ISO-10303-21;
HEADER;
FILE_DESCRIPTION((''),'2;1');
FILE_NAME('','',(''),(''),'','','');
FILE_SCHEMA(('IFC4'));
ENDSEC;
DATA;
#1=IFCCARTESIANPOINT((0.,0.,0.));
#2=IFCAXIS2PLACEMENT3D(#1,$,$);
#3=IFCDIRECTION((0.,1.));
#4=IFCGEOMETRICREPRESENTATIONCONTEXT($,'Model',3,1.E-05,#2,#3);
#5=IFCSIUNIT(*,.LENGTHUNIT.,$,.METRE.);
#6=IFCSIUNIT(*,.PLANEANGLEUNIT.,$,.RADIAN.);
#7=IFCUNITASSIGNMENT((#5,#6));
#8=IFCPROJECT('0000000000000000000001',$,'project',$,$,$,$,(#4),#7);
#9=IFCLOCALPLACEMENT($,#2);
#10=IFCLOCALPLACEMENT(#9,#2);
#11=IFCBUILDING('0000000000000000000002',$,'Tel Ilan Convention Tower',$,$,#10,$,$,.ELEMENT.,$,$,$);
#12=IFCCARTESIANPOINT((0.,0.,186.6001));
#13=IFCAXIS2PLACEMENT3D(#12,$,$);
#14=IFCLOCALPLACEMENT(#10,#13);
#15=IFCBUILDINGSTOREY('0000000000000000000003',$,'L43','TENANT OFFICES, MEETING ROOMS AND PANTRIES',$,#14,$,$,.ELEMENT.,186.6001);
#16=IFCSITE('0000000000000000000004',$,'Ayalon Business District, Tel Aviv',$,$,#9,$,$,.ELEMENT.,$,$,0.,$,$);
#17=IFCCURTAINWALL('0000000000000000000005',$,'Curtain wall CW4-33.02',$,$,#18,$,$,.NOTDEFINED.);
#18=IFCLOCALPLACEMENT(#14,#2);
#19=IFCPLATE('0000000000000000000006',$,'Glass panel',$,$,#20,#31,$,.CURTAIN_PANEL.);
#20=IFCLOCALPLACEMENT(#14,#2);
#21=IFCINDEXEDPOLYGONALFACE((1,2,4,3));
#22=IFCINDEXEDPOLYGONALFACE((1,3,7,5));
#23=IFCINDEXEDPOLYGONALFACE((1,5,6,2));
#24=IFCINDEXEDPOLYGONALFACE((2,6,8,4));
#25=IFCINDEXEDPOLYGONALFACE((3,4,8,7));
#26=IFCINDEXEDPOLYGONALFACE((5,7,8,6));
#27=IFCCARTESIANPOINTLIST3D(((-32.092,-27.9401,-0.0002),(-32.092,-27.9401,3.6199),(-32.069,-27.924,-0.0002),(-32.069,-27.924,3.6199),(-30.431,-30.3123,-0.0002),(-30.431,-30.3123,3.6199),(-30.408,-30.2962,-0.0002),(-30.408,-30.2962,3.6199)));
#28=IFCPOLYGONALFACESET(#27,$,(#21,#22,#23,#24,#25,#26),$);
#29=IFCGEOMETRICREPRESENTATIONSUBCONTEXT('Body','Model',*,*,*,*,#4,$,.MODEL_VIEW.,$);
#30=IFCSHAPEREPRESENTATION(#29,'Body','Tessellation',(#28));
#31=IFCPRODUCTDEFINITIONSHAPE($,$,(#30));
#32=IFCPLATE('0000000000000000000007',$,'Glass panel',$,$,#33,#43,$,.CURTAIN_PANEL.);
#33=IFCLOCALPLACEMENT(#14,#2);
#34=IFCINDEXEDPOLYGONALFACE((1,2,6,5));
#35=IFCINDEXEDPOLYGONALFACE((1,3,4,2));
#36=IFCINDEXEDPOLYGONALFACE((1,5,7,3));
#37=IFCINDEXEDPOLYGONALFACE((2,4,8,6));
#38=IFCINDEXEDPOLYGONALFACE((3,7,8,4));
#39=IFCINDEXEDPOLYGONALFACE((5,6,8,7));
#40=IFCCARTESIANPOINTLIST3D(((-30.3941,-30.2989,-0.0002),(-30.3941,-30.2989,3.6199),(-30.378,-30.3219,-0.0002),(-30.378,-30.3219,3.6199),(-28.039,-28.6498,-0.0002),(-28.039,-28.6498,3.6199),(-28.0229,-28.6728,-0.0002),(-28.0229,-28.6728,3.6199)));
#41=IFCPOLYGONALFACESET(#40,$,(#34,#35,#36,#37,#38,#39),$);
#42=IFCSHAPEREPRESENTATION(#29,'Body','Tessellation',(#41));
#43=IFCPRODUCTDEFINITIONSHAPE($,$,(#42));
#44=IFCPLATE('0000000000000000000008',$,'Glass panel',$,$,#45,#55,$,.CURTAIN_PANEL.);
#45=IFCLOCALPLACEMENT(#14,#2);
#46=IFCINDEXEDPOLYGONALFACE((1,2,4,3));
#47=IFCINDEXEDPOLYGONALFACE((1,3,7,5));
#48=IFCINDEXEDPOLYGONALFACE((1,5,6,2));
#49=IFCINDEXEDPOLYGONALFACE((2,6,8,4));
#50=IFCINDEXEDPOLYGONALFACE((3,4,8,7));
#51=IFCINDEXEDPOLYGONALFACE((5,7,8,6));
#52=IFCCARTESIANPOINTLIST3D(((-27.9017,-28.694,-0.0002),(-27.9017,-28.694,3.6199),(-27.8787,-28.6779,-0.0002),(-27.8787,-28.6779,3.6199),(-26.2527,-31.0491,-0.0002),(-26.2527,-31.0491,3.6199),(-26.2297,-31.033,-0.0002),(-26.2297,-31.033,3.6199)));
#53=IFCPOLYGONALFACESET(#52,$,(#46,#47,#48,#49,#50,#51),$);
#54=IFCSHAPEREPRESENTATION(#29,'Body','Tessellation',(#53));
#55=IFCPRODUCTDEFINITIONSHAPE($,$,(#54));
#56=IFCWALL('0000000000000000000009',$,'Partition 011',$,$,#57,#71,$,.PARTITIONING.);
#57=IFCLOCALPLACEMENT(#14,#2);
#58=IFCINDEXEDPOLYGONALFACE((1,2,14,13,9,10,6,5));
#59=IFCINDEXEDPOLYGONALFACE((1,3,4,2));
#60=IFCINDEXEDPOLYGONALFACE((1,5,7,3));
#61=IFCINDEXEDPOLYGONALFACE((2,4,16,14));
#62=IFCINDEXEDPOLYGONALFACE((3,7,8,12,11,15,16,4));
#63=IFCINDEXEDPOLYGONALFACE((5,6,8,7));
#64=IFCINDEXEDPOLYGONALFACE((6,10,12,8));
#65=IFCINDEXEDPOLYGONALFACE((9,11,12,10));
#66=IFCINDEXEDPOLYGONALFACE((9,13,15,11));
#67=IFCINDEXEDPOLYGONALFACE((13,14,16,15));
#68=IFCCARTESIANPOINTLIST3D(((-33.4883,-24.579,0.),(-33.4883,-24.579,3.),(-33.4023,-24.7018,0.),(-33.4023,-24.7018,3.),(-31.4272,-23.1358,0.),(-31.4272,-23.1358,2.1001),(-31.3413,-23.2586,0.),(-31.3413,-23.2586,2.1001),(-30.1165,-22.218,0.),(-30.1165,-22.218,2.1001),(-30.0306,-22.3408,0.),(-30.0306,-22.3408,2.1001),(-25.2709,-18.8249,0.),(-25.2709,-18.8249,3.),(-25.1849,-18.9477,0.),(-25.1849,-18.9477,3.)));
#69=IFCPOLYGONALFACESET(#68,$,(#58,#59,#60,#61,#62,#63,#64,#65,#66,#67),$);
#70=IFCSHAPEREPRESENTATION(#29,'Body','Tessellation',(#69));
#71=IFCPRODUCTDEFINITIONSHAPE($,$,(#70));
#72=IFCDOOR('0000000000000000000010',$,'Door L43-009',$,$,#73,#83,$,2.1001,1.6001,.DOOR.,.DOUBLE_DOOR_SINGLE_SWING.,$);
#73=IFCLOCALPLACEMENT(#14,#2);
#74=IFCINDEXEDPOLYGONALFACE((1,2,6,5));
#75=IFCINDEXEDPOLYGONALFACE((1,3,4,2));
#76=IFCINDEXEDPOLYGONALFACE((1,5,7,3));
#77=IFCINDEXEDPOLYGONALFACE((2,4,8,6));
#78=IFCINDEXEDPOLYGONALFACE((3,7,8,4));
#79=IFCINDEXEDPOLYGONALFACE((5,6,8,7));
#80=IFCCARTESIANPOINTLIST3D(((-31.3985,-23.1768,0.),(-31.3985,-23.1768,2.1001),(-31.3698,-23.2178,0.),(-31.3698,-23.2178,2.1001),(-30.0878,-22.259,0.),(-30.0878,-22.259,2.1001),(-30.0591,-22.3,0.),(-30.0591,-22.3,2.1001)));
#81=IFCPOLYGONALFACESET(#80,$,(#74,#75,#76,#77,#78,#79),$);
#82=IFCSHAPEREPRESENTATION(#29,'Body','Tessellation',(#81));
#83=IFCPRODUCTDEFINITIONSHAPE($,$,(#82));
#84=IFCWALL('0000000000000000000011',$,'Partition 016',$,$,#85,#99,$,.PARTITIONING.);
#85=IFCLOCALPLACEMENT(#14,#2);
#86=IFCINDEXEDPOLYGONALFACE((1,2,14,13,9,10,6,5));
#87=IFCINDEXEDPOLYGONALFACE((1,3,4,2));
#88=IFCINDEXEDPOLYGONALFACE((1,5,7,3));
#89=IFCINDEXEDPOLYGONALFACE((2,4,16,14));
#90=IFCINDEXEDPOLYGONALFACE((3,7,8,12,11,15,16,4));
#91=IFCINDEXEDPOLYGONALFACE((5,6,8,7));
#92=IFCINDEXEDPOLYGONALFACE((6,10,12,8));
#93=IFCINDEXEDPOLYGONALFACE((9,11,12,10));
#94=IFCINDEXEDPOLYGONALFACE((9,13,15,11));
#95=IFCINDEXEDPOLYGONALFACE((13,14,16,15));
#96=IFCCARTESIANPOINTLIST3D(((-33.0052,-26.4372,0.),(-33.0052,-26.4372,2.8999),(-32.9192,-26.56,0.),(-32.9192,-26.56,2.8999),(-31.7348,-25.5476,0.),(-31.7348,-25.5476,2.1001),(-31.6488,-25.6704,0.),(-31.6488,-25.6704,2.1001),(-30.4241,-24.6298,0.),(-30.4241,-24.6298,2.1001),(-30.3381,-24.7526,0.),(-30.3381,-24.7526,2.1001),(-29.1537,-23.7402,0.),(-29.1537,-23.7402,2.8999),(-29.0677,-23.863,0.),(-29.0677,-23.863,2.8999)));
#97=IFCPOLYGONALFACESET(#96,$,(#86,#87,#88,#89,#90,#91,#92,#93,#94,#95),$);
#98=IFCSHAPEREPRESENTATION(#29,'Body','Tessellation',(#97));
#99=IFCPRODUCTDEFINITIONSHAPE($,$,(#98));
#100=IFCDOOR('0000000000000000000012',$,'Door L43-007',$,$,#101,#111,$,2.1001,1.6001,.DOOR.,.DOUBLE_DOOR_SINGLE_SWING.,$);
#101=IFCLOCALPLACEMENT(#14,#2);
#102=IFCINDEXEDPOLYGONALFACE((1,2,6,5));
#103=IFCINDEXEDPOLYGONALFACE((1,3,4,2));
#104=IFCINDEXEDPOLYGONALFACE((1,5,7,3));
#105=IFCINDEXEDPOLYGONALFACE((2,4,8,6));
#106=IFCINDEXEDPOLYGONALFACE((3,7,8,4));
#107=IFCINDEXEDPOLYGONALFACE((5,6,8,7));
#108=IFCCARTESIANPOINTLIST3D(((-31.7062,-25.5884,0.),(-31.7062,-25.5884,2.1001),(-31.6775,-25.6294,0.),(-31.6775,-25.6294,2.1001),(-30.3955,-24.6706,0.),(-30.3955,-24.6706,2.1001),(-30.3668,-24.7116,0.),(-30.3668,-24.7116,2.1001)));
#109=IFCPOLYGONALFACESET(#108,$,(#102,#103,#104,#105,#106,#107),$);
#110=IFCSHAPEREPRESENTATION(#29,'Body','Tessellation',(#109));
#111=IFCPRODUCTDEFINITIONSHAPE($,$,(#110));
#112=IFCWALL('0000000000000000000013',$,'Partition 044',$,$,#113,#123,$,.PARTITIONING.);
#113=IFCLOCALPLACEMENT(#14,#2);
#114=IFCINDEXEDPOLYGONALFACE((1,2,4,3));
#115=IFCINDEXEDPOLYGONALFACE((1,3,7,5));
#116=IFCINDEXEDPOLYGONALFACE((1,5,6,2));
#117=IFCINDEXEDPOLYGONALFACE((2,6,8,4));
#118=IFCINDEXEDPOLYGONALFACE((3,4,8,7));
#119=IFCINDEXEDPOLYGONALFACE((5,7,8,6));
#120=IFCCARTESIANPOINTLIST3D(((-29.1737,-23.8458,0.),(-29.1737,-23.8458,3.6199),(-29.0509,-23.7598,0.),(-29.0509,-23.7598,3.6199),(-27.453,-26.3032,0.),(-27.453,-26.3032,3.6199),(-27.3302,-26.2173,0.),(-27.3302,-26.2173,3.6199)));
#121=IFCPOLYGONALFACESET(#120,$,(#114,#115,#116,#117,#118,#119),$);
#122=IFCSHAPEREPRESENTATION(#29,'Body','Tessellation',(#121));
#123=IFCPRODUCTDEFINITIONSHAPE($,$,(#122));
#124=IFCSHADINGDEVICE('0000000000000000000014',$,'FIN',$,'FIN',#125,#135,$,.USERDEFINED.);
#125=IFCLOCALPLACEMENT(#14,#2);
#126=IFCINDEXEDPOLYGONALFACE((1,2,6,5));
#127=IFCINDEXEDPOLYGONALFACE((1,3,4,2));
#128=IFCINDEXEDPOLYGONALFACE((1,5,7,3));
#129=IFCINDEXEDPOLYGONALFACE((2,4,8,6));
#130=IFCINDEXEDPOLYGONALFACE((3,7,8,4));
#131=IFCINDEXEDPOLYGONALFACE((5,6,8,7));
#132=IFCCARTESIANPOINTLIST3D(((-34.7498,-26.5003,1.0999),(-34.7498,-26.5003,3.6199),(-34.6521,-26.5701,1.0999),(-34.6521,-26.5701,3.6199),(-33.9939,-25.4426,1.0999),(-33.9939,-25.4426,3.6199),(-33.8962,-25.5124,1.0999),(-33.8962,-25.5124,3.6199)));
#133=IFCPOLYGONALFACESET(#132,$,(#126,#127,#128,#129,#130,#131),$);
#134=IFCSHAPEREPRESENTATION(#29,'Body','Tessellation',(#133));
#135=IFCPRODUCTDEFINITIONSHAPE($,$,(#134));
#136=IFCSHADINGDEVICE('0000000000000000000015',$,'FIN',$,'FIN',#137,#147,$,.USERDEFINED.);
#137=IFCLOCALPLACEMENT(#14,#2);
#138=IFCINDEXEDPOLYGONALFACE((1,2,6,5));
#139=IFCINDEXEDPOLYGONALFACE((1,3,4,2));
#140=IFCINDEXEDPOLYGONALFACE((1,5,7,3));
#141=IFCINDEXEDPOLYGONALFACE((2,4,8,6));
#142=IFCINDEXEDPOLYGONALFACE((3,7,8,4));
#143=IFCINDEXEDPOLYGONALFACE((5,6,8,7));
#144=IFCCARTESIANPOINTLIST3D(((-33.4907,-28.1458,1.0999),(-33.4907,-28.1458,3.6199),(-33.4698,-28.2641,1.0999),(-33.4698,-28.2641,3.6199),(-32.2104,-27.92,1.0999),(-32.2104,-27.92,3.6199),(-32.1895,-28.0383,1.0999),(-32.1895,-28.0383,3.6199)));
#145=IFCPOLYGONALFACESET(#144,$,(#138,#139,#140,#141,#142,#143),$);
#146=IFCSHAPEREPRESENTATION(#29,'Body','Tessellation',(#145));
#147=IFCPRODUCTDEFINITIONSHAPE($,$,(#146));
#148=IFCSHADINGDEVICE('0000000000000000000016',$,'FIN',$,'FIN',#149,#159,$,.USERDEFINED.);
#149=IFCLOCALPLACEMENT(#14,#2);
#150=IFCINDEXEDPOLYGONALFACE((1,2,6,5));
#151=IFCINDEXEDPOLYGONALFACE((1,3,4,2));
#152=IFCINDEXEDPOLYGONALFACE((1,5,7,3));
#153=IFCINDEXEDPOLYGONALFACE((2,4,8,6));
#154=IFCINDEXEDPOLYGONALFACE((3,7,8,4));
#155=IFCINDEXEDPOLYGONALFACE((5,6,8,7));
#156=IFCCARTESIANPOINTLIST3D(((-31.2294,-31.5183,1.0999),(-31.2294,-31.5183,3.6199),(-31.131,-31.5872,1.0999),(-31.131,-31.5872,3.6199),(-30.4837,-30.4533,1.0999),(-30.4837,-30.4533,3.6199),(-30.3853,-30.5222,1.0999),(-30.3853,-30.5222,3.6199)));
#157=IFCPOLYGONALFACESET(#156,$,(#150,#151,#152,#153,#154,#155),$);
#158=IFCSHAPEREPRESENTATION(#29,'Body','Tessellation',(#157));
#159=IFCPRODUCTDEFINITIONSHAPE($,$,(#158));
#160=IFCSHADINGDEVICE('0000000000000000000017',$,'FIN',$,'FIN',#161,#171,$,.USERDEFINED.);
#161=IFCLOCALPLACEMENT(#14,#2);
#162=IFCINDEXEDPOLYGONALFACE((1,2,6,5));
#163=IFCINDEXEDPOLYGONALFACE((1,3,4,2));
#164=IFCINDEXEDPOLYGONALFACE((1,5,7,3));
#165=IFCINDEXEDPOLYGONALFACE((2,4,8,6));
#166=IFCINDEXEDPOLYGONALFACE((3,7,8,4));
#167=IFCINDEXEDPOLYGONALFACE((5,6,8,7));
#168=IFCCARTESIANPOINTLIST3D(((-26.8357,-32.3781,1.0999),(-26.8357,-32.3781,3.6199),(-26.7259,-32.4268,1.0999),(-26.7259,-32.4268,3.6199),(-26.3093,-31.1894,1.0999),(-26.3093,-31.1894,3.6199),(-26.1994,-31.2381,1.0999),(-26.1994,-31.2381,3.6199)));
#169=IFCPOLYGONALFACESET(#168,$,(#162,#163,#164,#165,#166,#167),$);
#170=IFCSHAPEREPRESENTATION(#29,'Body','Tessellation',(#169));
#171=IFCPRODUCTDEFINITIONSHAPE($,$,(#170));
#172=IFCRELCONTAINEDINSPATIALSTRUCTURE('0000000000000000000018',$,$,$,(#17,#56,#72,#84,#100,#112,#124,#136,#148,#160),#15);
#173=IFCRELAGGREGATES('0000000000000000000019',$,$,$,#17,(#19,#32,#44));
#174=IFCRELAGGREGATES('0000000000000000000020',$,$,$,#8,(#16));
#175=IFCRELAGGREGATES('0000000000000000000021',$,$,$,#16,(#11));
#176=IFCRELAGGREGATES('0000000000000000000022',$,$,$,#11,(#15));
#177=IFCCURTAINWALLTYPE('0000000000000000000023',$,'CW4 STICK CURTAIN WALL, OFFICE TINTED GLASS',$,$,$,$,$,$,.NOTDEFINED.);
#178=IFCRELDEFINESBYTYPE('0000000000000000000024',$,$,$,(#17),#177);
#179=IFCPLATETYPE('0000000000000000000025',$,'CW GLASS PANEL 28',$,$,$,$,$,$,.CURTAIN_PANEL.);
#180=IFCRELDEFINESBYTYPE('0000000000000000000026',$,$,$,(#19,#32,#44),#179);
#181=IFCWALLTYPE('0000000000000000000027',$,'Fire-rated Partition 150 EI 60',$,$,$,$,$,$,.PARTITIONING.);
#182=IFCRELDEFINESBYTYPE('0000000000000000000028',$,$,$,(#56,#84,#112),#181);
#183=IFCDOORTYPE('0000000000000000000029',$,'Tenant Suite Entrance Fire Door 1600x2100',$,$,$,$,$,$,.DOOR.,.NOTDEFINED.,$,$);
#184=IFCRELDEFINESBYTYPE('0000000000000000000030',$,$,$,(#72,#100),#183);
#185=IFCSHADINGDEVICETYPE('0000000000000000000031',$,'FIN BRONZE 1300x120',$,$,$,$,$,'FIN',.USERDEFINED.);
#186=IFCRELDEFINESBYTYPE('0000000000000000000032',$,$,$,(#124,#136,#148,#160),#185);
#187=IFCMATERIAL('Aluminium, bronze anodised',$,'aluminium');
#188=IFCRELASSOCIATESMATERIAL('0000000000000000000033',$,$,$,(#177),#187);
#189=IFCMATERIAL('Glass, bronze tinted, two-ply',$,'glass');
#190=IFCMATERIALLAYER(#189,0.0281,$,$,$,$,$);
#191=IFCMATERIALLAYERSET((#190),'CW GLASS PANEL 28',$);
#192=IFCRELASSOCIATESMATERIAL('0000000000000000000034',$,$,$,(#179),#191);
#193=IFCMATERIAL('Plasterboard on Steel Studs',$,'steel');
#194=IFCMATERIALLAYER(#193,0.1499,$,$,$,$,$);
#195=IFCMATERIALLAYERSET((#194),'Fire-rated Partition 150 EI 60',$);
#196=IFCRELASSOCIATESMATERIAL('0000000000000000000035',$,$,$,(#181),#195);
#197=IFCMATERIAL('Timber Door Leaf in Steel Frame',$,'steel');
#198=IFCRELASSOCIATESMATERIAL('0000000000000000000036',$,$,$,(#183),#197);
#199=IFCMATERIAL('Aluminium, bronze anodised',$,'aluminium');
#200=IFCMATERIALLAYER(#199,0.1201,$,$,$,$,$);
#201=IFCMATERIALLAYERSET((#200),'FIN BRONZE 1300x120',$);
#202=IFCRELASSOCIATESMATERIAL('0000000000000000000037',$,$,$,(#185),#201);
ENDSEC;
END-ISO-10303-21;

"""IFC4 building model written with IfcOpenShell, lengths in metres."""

from ifc_helpers import new_model, si_unit, direction, frame, frame_2d, origin, origin_2d, place, context, subcontext, project, spatial, rectangle, extrude, material, layer, layer_set, type_object, element, fill, aggregate, save


model = new_model("IFC4")

# Units and contexts
model_context = context("Model", 3, precision=1e-05, world=origin(), true_north=direction((0.0, 1.0)))
body_context = subcontext(model_context, "Body", "Model", "MODEL_VIEW")
ifc_project = project(units=[si_unit("LENGTHUNIT", "METRE"), si_unit("PLANEANGLEUNIT", "RADIAN")], contexts=[model_context])

# Site, building, storey
site_placement = place(None, origin())
site = spatial("IfcSite", under=ifc_project, at=site_placement, Name="Ayalon Business District, Tel Aviv", CompositionType="ELEMENT", RefElevation=0.0)
building_placement = place(site_placement, origin())
building = spatial("IfcBuilding", under=site, at=building_placement, Name="Tel Ilan Convention Tower", CompositionType="ELEMENT")
storey_placement = place(building_placement, frame((0.0, 0.0, 186.6001)))
storey = spatial("IfcBuildingStorey", under=building, at=storey_placement, Name="L43", Description="TENANT OFFICES, MEETING ROOMS AND PANTRIES", CompositionType="ELEMENT", Elevation=186.6001)

# Curtain wall, plates
ifc_material_1 = material(Name="Aluminium, bronze anodised", Category="aluminium")
curtain_wall_type = type_object("IfcCurtainWallType", Name="CW4 STICK CURTAIN WALL, OFFICE TINTED GLASS", PredefinedType="NOTDEFINED", material=ifc_material_1)
curtain_wall_placement = place(storey_placement, origin())
curtain_wall = element("IfcCurtainWall", 1, at=curtain_wall_placement, inside=storey, type_object=curtain_wall_type, Name="Curtain wall CW4-33.02", PredefinedType="NOTDEFINED")
ifc_material_2 = material(Name="Glass, bronze tinted, two-ply", Category="glass")
ifc_layer_1 = layer(ifc_material_2, 0.0281)
ifc_layer_set_1 = layer_set([ifc_layer_1], Name="CW GLASS PANEL 28")
plate_type = type_object("IfcPlateType", Name="CW GLASS PANEL 28", PredefinedType="CURTAIN_PANEL", material=ifc_layer_set_1)
plate_1_placement = place(storey_placement, frame((-31.25, -29.1182, -0.0002), z_axis=(0.0, 0.0, 1.0), x_axis=(0.573576, -0.819152, 0.0)))
plate_1 = element("IfcPlate", 2, at=plate_1_placement, type_object=plate_type, Name="Glass panel", PredefinedType="CURTAIN_PANEL", context=body_context, shape_type="SweptSolid", body=[
    extrude(rectangle(XDim=2.896, YDim=0.0281, at=origin_2d()), origin(), (0.0, 0.0, 1.0), 3.6201),
])
plate_2_placement = place(storey_placement, frame((-29.2085, -29.4858, -0.0002), z_axis=(0.0, 0.0, 1.0), x_axis=(0.819152, 0.573576, 0.0)))
plate_2 = element("IfcPlate", 3, at=plate_2_placement, type_object=plate_type, Name="Glass panel", PredefinedType="CURTAIN_PANEL", context=body_context, shape_type="SweptSolid", body=[
    extrude(rectangle(XDim=2.875, YDim=0.0281, at=origin_2d()), origin(), (0.0, 0.0, 1.0), 3.6201),
])
plate_3_placement = place(storey_placement, frame((-27.0657, -29.8635, -0.0002), z_axis=(0.0, 0.0, 1.0), x_axis=(0.573576, -0.819152, 0.0)))
plate_3 = element("IfcPlate", 4, at=plate_3_placement, type_object=plate_type, Name="Glass panel", PredefinedType="CURTAIN_PANEL", context=body_context, shape_type="SweptSolid", body=[
    extrude(rectangle(XDim=2.875, YDim=0.0281, at=origin_2d()), origin(), (0.0, 0.0, 1.0), 3.6201),
])
aggregate(curtain_wall, [plate_1, plate_2, plate_3])

# Walls, openings, doors
ifc_material_3 = material(Name="Plasterboard on Steel Studs", Category="steel")
ifc_layer_2 = layer(ifc_material_3, 0.1499)
ifc_layer_set_2 = layer_set([ifc_layer_2], Name="Fire-rated Partition 150 EI 60")
wall_type = type_object("IfcWallType", Name="Fire-rated Partition 150 EI 60", PredefinedType="PARTITIONING", material=ifc_layer_set_2)
wall_1_placement = place(storey_placement, frame((-33.4453, -24.6404, 0.0), z_axis=(0.0, 0.0, 1.0), x_axis=(0.819144, 0.573588, 0.0)))
wall_1 = element("IfcWall", 5, at=wall_1_placement, inside=storey, type_object=wall_type, Name="Partition 011", PredefinedType="PARTITIONING", context=body_context, shape_type="SweptSolid", body=[
    extrude(rectangle(XDim=10.0317, YDim=0.1499, at=frame_2d((5.0159, 0.0))), origin(), (0.0, 0.0, 1.0), 3.0),
])
opening_1_placement = place(wall_1_placement, frame((2.5161, 0.0, 0.0)))
opening_1 = element("IfcOpeningElement", 6, at=opening_1_placement, cuts=wall_1, PredefinedType="OPENING", context=body_context, shape_type="SweptSolid", body=[
    extrude(rectangle(XDim=1.6001, YDim=2.1001, at=frame_2d((0.8, 1.05))), frame((0.0, 0.085, 0.0), z_axis=(0.0, -1.0, 0.0), x_axis=(1.0, 0.0, 0.0)), (0.0, 0.0, 1.0), 0.1699),
])
ifc_material_4 = material(Name="Timber Door Leaf in Steel Frame", Category="steel")
door_type = type_object("IfcDoorType", Name="Tenant Suite Entrance Fire Door 1600x2100", OperationType="NOTDEFINED", PredefinedType="DOOR", material=ifc_material_4)
door_1_placement = place(opening_1_placement, origin())
door_1 = element("IfcDoor", 7, at=door_1_placement, inside=storey, type_object=door_type, Name="Door L43-009", OperationType="DOUBLE_DOOR_SINGLE_SWING", OverallHeight=2.1001, OverallWidth=1.6001, PredefinedType="DOOR", context=body_context, shape_type="SweptSolid", body=[
    extrude(rectangle(XDim=1.6001, YDim=2.1001, at=frame_2d((0.8, 1.05))), frame((0.0, 0.0249, 0.0), z_axis=(0.0, -1.0, 0.0), x_axis=(1.0, 0.0, 0.0)), (0.0, 0.0, 1.0), 0.05),
])
fill(opening_1, door_1)
wall_2_placement = place(storey_placement, frame((-29.1106, -23.8015, 0.0), z_axis=(0.0, 0.0, 1.0), x_axis=(-0.819139, -0.573595, 0.0)))
wall_2 = element("IfcWall", 8, at=wall_2_placement, inside=storey, type_object=wall_type, Name="Partition 016", PredefinedType="PARTITIONING", context=body_context, shape_type="SweptSolid", body=[
    extrude(rectangle(XDim=4.7019, YDim=0.1499, at=frame_2d((2.3511, 0.0))), origin(), (0.0, 0.0, 1.0), 2.8999),
])
opening_2_placement = place(wall_2_placement, frame((1.551, 0.0, 0.0)))
opening_2 = element("IfcOpeningElement", 9, at=opening_2_placement, cuts=wall_2, PredefinedType="OPENING", context=body_context, shape_type="SweptSolid", body=[
    extrude(rectangle(XDim=1.6001, YDim=2.1001, at=frame_2d((0.8, 1.05))), frame((0.0, 0.085, 0.0), z_axis=(0.0, -1.0, 0.0), x_axis=(1.0, 0.0, 0.0)), (0.0, 0.0, 1.0), 0.1699),
])
door_2_placement = place(opening_2_placement, origin())
door_2 = element("IfcDoor", 10, at=door_2_placement, inside=storey, type_object=door_type, Name="Door L43-007", OperationType="DOUBLE_DOOR_SINGLE_SWING", OverallHeight=2.1001, OverallWidth=1.6001, PredefinedType="DOOR", context=body_context, shape_type="SweptSolid", body=[
    extrude(rectangle(XDim=1.6001, YDim=2.1001, at=frame_2d((0.8, 1.05))), frame((0.0, 0.0249, 0.0), z_axis=(0.0, -1.0, 0.0), x_axis=(1.0, 0.0, 0.0)), (0.0, 0.0, 1.0), 0.05),
])
fill(opening_2, door_2)

# Wall
wall_3_placement = place(storey_placement, frame((-27.3916, -26.2603, 0.0), z_axis=(0.0, 0.0, 1.0), x_axis=(-0.573561, 0.819163, 0.0)))
element("IfcWall", 11, at=wall_3_placement, inside=storey, type_object=wall_type, Name="Partition 044", PredefinedType="PARTITIONING", context=body_context, shape_type="SweptSolid", body=[
    extrude(rectangle(XDim=3.0, YDim=0.1499, at=frame_2d((1.5, 0.0))), origin(), (0.0, 0.0, 1.0), 3.6199),
])

# Shading devices
ifc_material_5 = material(Name="Aluminium, bronze anodised", Category="aluminium")
ifc_layer_3 = layer(ifc_material_5, 0.1201)
ifc_layer_set_3 = layer_set([ifc_layer_3], Name="FIN BRONZE 1300x120")
shading_device_type = type_object("IfcShadingDeviceType", Name="FIN BRONZE 1300x120", ElementType="FIN", PredefinedType="USERDEFINED", material=ifc_layer_set_3)
for number, where, z_axis, x_axis, name in (
    (12, (-34.323, -26.0063, 1.0999), (0.0, 0.0, 1.0), (-0.581492, -0.813552, 0.0), "FIN"),
    (13, (-32.8401, -28.092, 1.0999), (0.0, 0.0, 1.0), (-0.984808, -0.173648, 0.0), "FIN"),
    (14, (-30.8074, -31.0203, 1.0999), (0.0, 0.0, 1.0), (-0.573576, -0.819152, 0.0), "FIN"),
    (15, (-26.5176, -31.8081, 1.0999), (0.0, 0.0, 1.0), (-0.404964, -0.914333, 0.0), "FIN"),
):
    element("IfcShadingDevice", number, at=place(storey_placement, frame(where, z_axis=z_axis, x_axis=x_axis)), inside=storey, type_object=shading_device_type, Name=name, ObjectType="FIN", PredefinedType="USERDEFINED", context=body_context, shape_type="SweptSolid", body=[
        extrude(rectangle(XDim=1.3, YDim=0.1201, at=origin_2d()), origin(), (0.0, 0.0, 1.0), 2.52),
    ])

save(model, "model.ifc")
